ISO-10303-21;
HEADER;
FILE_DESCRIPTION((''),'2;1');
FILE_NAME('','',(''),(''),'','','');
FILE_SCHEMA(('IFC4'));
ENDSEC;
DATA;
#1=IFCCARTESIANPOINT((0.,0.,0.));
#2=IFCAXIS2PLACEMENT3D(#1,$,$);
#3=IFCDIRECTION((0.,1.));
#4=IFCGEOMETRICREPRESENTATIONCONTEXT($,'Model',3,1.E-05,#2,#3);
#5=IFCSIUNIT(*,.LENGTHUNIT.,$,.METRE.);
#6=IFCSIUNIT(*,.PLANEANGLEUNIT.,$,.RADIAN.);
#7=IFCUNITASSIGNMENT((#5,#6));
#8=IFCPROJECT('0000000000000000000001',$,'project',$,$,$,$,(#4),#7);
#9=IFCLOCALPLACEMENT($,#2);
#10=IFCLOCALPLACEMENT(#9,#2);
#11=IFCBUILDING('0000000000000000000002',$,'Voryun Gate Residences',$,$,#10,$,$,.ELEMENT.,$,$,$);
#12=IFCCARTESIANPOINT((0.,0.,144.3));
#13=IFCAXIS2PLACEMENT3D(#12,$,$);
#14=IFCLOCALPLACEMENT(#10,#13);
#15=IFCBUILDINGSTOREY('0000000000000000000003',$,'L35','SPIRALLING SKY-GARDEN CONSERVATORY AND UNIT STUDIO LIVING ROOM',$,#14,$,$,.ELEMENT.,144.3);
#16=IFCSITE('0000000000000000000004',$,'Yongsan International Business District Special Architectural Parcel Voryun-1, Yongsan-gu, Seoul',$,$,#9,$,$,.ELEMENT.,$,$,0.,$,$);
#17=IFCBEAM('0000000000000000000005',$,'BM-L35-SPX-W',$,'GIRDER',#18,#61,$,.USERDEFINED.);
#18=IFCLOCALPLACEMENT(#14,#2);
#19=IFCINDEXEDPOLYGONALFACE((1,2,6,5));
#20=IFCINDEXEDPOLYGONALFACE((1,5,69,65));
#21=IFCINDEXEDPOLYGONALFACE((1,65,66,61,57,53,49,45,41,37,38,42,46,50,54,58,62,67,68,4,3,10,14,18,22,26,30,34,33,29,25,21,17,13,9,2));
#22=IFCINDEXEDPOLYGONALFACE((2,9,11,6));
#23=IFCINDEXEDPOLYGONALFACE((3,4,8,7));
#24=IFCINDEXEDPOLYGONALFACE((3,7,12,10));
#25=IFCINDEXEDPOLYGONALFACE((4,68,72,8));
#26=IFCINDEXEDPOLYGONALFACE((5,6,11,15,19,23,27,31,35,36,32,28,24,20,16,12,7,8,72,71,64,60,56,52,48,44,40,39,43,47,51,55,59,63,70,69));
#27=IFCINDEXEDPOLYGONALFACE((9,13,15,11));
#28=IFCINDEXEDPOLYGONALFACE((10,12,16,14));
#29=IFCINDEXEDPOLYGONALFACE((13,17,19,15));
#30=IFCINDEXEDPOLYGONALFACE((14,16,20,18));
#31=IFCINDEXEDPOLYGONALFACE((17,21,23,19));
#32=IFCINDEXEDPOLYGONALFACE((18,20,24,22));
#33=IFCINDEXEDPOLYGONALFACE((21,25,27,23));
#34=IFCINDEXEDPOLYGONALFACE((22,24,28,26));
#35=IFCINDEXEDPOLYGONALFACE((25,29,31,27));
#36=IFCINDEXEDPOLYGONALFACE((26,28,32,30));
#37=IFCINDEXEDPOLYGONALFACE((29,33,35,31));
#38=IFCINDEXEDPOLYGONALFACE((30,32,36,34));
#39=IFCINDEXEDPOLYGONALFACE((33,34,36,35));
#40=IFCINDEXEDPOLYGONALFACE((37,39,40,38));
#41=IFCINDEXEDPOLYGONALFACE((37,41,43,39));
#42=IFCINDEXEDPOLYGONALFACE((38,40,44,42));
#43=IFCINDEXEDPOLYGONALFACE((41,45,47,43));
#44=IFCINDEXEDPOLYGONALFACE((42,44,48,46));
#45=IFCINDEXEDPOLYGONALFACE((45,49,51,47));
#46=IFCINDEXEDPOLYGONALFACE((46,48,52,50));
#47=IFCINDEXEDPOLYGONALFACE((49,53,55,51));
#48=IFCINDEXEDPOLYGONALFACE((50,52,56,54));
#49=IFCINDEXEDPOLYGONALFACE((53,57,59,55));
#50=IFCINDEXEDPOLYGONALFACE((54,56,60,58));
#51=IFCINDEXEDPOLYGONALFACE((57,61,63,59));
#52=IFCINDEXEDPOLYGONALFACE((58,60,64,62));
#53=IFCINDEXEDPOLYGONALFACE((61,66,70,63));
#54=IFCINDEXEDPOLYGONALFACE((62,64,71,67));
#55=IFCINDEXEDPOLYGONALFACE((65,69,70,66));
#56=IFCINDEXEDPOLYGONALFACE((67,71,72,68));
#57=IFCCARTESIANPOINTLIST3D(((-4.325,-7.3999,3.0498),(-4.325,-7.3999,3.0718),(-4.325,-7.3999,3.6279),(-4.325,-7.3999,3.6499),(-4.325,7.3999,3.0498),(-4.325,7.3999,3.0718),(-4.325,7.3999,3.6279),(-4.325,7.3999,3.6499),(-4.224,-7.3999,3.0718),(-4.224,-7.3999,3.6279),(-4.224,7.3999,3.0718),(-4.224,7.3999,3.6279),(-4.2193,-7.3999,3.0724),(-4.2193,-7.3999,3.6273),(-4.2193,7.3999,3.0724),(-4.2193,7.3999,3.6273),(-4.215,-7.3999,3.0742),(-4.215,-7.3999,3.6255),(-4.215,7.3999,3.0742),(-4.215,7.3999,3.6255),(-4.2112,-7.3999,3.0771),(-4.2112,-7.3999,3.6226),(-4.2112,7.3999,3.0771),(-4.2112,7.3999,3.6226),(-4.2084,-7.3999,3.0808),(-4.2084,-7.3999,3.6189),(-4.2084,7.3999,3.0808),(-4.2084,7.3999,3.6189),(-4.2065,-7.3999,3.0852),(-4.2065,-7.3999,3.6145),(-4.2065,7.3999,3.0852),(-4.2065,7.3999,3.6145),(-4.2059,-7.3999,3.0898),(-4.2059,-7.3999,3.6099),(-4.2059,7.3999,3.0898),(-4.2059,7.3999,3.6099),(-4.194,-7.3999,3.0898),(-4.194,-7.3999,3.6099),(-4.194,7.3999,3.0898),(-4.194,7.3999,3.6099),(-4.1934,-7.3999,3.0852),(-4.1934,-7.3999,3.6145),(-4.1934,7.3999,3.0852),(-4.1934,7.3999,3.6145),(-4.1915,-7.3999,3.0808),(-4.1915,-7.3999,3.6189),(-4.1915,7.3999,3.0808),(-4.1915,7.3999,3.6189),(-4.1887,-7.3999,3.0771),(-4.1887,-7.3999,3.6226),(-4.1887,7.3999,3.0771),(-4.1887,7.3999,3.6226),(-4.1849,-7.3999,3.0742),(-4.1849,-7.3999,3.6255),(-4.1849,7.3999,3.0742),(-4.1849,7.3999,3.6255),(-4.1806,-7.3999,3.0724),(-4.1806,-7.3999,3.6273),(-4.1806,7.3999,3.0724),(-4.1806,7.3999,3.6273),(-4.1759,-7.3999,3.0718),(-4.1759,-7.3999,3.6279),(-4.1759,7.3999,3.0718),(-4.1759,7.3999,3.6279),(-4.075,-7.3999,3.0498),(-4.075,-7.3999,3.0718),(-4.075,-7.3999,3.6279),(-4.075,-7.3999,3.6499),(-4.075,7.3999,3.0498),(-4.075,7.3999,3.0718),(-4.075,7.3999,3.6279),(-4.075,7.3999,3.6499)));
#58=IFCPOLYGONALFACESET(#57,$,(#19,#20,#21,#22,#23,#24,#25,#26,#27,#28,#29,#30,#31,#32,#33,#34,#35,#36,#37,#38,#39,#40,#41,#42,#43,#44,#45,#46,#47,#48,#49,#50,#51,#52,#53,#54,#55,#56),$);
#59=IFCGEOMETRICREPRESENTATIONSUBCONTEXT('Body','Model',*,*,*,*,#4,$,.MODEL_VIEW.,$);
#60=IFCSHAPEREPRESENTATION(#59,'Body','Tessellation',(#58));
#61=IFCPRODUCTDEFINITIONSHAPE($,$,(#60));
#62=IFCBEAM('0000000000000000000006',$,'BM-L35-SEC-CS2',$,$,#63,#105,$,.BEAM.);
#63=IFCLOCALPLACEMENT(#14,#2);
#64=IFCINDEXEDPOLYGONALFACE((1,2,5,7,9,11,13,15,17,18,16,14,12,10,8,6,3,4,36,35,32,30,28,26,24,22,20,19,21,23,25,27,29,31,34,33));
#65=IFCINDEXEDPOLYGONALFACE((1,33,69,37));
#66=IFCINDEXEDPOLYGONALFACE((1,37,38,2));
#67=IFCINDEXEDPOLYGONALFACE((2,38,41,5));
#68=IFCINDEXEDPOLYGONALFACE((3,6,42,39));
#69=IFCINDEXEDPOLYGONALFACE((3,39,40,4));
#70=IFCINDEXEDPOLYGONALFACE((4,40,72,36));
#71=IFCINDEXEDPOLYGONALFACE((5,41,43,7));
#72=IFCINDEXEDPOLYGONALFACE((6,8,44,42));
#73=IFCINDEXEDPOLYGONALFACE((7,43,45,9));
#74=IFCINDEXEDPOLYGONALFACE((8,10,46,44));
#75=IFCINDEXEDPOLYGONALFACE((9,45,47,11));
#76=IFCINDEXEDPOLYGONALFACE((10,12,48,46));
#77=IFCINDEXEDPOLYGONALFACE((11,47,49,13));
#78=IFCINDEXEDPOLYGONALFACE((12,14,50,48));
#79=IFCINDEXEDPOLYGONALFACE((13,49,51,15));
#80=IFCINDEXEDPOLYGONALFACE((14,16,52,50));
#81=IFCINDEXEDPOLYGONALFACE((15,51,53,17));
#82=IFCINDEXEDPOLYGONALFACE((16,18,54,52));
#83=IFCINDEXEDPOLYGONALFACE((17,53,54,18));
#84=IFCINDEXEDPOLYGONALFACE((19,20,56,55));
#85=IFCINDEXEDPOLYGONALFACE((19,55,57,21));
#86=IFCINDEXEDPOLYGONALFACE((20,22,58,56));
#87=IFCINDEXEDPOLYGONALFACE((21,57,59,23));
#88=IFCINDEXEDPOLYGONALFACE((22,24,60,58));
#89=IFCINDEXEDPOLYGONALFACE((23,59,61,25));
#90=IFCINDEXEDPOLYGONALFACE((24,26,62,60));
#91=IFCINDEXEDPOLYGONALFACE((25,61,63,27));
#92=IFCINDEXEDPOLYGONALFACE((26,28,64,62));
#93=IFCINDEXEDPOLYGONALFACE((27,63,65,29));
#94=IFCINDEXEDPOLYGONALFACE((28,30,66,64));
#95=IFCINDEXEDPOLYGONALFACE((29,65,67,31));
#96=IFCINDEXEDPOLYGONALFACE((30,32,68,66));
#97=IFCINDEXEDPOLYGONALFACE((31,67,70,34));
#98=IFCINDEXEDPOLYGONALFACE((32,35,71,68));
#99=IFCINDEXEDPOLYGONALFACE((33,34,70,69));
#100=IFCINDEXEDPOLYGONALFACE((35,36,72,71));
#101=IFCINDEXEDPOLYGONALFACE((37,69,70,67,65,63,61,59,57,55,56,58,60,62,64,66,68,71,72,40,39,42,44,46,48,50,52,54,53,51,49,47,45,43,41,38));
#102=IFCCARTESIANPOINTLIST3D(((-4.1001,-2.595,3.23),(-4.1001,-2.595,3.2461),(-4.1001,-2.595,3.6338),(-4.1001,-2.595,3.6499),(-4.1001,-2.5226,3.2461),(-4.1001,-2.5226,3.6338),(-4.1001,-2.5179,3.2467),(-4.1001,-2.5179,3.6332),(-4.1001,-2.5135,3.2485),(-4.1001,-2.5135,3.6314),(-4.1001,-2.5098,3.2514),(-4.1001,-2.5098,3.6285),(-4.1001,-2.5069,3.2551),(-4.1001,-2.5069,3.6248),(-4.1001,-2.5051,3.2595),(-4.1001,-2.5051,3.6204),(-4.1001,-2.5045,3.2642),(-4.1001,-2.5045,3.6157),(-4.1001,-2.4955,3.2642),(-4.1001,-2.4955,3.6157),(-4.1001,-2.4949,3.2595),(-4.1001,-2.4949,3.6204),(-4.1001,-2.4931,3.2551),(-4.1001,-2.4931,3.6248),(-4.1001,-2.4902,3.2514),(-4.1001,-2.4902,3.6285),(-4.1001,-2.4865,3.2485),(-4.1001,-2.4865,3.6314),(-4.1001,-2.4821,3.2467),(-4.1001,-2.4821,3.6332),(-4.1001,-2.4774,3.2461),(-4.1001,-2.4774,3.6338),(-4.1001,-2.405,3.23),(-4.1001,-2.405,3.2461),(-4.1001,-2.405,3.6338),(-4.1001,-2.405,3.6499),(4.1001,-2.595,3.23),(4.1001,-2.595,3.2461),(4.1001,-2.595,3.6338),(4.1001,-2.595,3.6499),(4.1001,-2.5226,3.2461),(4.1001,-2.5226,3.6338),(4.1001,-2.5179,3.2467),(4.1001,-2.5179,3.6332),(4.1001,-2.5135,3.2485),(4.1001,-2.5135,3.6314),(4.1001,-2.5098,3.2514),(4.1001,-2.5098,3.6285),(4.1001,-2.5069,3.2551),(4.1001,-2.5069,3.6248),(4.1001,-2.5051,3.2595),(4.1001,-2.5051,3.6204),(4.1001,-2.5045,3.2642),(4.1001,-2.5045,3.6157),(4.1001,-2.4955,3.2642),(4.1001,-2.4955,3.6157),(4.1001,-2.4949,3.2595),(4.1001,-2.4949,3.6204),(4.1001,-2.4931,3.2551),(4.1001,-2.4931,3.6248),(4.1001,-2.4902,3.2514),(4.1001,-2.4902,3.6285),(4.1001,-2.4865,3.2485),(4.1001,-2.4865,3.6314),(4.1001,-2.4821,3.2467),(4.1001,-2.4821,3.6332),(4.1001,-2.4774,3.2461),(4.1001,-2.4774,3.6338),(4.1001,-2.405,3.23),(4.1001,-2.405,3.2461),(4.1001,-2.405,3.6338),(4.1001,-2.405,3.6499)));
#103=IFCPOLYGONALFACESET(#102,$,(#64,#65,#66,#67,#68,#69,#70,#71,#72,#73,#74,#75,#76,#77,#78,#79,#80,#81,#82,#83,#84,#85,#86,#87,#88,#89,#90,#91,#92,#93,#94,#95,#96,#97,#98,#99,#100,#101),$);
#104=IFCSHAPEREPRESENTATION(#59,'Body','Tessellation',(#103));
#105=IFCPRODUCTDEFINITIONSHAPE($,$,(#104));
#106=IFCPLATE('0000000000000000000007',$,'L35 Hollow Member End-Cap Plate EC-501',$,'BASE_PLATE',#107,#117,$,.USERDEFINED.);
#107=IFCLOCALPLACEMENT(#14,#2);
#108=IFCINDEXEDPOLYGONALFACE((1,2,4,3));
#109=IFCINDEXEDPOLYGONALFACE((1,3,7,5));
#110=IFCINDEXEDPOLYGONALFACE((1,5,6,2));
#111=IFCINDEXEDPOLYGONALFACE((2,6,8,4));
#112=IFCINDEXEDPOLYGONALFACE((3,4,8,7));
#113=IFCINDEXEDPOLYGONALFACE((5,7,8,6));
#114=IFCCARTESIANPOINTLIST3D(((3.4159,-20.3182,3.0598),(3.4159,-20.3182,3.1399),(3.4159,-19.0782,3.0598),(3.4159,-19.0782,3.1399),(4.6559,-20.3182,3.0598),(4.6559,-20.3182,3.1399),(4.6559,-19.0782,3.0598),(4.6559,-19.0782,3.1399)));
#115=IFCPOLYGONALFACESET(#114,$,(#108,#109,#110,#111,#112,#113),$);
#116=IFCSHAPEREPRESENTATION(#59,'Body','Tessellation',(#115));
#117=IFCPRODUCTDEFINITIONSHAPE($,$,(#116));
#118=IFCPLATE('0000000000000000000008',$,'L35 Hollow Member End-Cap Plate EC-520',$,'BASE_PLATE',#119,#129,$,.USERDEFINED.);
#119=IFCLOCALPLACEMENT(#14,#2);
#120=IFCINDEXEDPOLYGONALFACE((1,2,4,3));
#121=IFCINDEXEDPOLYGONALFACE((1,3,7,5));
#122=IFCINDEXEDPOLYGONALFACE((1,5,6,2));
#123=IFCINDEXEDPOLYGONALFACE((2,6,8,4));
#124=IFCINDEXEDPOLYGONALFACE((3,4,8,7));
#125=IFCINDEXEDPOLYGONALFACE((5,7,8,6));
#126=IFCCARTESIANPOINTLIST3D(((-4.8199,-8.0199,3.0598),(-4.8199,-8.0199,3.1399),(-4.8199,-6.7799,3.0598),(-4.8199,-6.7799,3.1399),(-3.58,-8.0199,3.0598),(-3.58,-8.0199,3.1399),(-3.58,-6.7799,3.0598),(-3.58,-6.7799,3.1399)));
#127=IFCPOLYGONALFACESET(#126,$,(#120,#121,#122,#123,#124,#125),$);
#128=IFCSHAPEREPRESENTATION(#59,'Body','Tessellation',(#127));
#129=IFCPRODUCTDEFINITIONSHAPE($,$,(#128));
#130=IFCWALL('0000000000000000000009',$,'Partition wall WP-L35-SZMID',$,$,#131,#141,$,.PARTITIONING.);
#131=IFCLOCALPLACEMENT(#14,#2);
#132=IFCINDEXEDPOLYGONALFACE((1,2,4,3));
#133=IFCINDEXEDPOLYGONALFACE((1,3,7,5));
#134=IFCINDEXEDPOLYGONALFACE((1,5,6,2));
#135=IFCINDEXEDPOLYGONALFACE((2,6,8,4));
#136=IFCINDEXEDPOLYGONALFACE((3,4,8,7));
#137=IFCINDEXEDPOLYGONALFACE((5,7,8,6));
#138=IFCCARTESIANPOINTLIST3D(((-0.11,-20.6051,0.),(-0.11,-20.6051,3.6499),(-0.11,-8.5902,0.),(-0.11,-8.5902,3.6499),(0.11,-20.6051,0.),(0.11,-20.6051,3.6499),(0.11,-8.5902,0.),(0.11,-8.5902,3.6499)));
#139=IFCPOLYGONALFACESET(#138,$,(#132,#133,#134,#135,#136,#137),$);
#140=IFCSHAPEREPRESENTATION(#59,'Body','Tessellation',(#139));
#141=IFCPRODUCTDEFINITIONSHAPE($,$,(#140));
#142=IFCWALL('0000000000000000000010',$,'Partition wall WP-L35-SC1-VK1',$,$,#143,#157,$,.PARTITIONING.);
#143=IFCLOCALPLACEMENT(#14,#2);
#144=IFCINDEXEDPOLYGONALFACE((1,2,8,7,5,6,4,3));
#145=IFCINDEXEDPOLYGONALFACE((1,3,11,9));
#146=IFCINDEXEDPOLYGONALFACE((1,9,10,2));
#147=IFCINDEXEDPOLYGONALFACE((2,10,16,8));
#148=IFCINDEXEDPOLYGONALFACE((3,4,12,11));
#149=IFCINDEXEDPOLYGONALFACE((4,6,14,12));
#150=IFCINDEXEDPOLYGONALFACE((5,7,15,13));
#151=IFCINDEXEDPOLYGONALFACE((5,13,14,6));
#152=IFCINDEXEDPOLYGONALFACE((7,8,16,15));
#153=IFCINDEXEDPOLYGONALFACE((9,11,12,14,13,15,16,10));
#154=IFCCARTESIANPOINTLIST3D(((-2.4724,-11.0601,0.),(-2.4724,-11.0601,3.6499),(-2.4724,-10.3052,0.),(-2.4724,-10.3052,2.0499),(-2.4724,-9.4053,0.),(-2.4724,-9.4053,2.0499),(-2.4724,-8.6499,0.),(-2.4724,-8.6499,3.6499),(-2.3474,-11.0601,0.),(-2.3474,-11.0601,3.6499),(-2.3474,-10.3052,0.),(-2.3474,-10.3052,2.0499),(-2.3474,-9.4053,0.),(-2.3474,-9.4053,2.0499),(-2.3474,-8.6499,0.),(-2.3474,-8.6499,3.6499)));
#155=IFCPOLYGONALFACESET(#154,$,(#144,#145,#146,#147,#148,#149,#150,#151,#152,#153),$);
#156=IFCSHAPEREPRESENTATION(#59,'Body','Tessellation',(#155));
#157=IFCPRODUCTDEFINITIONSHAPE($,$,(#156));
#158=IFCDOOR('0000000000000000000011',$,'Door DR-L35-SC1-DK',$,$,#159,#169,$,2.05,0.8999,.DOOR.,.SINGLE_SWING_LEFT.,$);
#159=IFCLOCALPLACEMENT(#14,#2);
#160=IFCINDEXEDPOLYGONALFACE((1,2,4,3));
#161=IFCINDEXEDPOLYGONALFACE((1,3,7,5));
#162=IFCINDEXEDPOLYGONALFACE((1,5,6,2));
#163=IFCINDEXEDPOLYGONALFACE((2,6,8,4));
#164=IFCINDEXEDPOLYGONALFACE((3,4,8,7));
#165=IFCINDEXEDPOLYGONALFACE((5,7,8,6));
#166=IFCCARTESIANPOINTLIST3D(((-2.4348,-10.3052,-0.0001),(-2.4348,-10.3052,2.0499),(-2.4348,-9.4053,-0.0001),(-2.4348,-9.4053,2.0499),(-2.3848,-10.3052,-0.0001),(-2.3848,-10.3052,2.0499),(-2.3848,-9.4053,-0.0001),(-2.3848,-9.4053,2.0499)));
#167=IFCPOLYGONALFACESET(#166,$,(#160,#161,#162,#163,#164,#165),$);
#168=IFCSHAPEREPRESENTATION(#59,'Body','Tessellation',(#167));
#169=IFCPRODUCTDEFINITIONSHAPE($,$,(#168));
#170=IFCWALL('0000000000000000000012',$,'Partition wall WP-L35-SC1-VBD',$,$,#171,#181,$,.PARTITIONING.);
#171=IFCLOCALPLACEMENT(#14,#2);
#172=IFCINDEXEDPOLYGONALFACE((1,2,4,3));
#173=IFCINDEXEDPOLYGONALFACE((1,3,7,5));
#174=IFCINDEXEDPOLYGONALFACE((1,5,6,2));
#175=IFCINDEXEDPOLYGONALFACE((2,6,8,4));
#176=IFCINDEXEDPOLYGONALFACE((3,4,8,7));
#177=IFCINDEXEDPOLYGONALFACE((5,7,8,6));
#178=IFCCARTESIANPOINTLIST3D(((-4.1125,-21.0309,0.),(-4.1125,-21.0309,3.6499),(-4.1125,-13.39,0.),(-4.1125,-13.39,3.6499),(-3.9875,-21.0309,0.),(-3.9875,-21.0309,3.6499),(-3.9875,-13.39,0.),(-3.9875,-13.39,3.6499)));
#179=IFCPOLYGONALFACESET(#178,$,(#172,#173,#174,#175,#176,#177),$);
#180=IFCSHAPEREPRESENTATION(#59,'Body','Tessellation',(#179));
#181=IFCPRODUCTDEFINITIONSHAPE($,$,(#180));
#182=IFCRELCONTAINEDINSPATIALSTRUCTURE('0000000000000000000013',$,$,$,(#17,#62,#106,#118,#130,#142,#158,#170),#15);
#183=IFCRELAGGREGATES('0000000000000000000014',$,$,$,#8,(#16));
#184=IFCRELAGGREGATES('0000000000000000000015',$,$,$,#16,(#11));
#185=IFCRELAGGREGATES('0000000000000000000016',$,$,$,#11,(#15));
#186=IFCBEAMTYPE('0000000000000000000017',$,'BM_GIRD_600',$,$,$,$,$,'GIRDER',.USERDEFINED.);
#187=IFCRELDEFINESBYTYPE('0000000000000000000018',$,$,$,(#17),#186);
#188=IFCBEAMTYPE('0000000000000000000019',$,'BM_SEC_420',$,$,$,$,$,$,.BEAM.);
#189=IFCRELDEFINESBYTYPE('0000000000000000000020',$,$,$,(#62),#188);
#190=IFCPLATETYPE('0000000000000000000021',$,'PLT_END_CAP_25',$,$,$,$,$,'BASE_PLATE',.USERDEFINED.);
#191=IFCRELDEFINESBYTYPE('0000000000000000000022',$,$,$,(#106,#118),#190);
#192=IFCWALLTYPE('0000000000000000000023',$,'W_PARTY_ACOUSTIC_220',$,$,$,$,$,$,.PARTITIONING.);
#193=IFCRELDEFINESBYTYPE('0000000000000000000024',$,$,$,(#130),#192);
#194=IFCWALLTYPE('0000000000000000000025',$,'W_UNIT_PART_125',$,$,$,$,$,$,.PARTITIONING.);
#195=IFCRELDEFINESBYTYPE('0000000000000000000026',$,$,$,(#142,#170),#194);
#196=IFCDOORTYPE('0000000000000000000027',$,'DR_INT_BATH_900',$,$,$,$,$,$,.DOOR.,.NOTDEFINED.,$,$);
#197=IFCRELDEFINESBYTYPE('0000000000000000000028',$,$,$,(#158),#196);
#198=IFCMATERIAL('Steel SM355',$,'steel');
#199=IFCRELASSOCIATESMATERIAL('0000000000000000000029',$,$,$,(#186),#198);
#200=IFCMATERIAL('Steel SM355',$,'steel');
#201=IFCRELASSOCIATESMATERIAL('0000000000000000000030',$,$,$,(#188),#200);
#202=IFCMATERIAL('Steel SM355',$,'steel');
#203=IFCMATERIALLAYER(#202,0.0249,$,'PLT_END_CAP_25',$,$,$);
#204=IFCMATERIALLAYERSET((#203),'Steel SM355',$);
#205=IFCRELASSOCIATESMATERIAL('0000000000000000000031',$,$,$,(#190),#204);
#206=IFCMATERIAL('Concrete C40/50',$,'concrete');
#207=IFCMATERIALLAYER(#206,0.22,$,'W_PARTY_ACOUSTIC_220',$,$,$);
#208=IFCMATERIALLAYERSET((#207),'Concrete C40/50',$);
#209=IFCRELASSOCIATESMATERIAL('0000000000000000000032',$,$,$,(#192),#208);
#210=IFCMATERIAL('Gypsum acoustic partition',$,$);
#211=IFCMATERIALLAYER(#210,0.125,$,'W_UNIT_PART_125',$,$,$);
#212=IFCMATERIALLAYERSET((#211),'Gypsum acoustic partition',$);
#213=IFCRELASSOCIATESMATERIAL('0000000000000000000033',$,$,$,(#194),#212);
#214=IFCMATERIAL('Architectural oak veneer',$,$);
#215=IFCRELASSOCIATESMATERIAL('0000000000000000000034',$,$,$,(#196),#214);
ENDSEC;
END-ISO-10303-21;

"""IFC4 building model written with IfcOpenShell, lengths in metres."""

from ifc_helpers import new_model, si_unit, direction, frame, frame_2d, origin, origin_2d, place, context, subcontext, project, spatial, rectangle, i_section, extrude, material, layer, layer_set, material_profile, profile_set, type_object, element, fill, save


model = new_model("IFC4")

# Units and contexts
model_context = context("Model", 3, precision=1e-05, world=origin(), true_north=direction((0.0, 1.0)))
body_context = subcontext(model_context, "Body", "Model", "MODEL_VIEW")
ifc_project = project(units=[si_unit("LENGTHUNIT", "METRE"), si_unit("PLANEANGLEUNIT", "RADIAN")], contexts=[model_context])

# Site, building, storey
site_placement = place(None, origin())
site = spatial("IfcSite", under=ifc_project, at=site_placement, Name="Yongsan International Business District Special Architectural Parcel Voryun-1, Yongsan-gu, Seoul", CompositionType="ELEMENT", RefElevation=0.0)
building_placement = place(site_placement, origin())
building = spatial("IfcBuilding", under=site, at=building_placement, Name="Voryun Gate Residences", CompositionType="ELEMENT")
storey_placement = place(building_placement, frame((0.0, 0.0, 144.3)))
storey = spatial("IfcBuildingStorey", under=building, at=storey_placement, Name="L35", Description="SPIRALLING SKY-GARDEN CONSERVATORY AND UNIT STUDIO LIVING ROOM", CompositionType="ELEMENT", Elevation=144.3)

# Beams
ifc_material_1 = material(Name="Steel SM355", Category="steel")
ifc_material_profile_1 = material_profile(ifc_material_1, i_section(OverallWidth=0.25, OverallDepth=0.6001, WebThickness=0.012, FlangeThickness=0.022, FilletRadius=0.0181, at=origin_2d()), Name="H-600x250x12x22")
ifc_profile_set_1 = profile_set([ifc_material_profile_1], Name="Steel SM355")
beam_type_1 = type_object("IfcBeamType", Name="BM_GIRD_600", ElementType="GIRDER", PredefinedType="USERDEFINED", material=ifc_profile_set_1)
beam_1_placement = place(storey_placement, frame((-4.2, -7.3999, 3.3499), z_axis=(0.0, 1.0, 0.0), x_axis=(-1.0, 0.0, 0.0)))
element("IfcBeam", 1, at=beam_1_placement, inside=storey, type_object=beam_type_1, Name="BM-L35-SPX-W", ObjectType="GIRDER", PredefinedType="USERDEFINED", context=body_context, shape_type="SweptSolid", body=[
    extrude(i_section(OverallWidth=0.25, OverallDepth=0.6001, WebThickness=0.012, FlangeThickness=0.022, FilletRadius=0.0181, at=origin_2d()), origin(), (0.0, 0.0, 1.0), 14.7998),
])
ifc_material_2 = material(Name="Steel SM355", Category="steel")
ifc_material_profile_2 = material_profile(ifc_material_2, i_section(OverallWidth=0.1899, OverallDepth=0.4199, WebThickness=0.009, FlangeThickness=0.0161, FilletRadius=0.0181, at=origin_2d()), Name="H-420x190x9x16")
ifc_profile_set_2 = profile_set([ifc_material_profile_2], Name="Steel SM355")
beam_type_2 = type_object("IfcBeamType", Name="BM_SEC_420", PredefinedType="BEAM", material=ifc_profile_set_2)
beam_2_placement = place(storey_placement, frame((-4.1001, -2.5, 3.4399), z_axis=(1.0, 0.0, 0.0), x_axis=(0.0, 1.0, 0.0)))
element("IfcBeam", 2, at=beam_2_placement, inside=storey, type_object=beam_type_2, Name="BM-L35-SEC-CS2", PredefinedType="BEAM", context=body_context, shape_type="SweptSolid", body=[
    extrude(i_section(OverallWidth=0.1899, OverallDepth=0.4199, WebThickness=0.009, FlangeThickness=0.0161, FilletRadius=0.0181, at=origin_2d()), origin(), (0.0, 0.0, 1.0), 8.2002),
])

# Plates
ifc_material_3 = material(Name="Steel SM355", Category="steel")
ifc_layer_1 = layer(ifc_material_3, 0.0249, Name="PLT_END_CAP_25")
ifc_layer_set_1 = layer_set([ifc_layer_1], Name="Steel SM355")
plate_type = type_object("IfcPlateType", Name="PLT_END_CAP_25", ElementType="BASE_PLATE", PredefinedType="USERDEFINED", material=ifc_layer_set_1)
for number, where, z_axis, x_axis, name in (
    (3, (4.0359, -19.6982, 3.0598), (0.0, 0.0, 1.0), (1.0, 0.0, 0.0), "L35 Hollow Member End-Cap Plate EC-501"),
    (4, (-4.2, -7.3999, 3.0598), (0.0, 0.0, 1.0), (1.0, 0.0, 0.0), "L35 Hollow Member End-Cap Plate EC-520"),
):
    element("IfcPlate", number, at=place(storey_placement, frame(where, z_axis=z_axis, x_axis=x_axis)), inside=storey, type_object=plate_type, Name=name, ObjectType="BASE_PLATE", PredefinedType="USERDEFINED", context=body_context, shape_type="SweptSolid", body=[
        extrude(rectangle(XDim=1.24, YDim=1.24, at=origin_2d()), origin(), (0.0, 0.0, 1.0), 0.0801),
    ])

# Wall
ifc_material_4 = material(Name="Concrete C40/50", Category="concrete")
ifc_layer_2 = layer(ifc_material_4, 0.22, Name="W_PARTY_ACOUSTIC_220")
ifc_layer_set_2 = layer_set([ifc_layer_2], Name="Concrete C40/50")
wall_type_1 = type_object("IfcWallType", Name="W_PARTY_ACOUSTIC_220", PredefinedType="PARTITIONING", material=ifc_layer_set_2)
wall_1_placement = place(storey_placement, frame((0.0, -20.605, 0.0), z_axis=(0.0, 0.0, 1.0), x_axis=(0.0, 1.0, 0.0)))
element("IfcWall", 5, at=wall_1_placement, inside=storey, type_object=wall_type_1, Name="Partition wall WP-L35-SZMID", PredefinedType="PARTITIONING", context=body_context, shape_type="SweptSolid", body=[
    extrude(rectangle(XDim=12.0149, YDim=0.22, at=frame_2d((6.0073, 0.0))), origin(), (0.0, 0.0, 1.0), 3.6499),
])

# Wall, opening, door
ifc_material_5 = material(Name="Gypsum acoustic partition")
ifc_layer_3 = layer(ifc_material_5, 0.125, Name="W_UNIT_PART_125")
ifc_layer_set_3 = layer_set([ifc_layer_3], Name="Gypsum acoustic partition")
wall_type_2 = type_object("IfcWallType", Name="W_UNIT_PART_125", PredefinedType="PARTITIONING", material=ifc_layer_set_3)
wall_2_placement = place(storey_placement, frame((-2.4099, -11.0601, 0.0), z_axis=(0.0, 0.0, 1.0), x_axis=(0.0, 1.0, 0.0)))
wall_2 = element("IfcWall", 6, at=wall_2_placement, inside=storey, type_object=wall_type_2, Name="Partition wall WP-L35-SC1-VK1", PredefinedType="PARTITIONING", context=body_context, shape_type="SweptSolid", body=[
    extrude(rectangle(XDim=2.4102, YDim=0.125, at=frame_2d((1.2051, 0.0))), origin(), (0.0, 0.0, 1.0), 3.6499),
])
opening_1_placement = place(wall_2_placement, frame((0.7549, 0.0, 0.0)))
opening_1 = element("IfcOpeningElement", 7, at=opening_1_placement, cuts=wall_2, PredefinedType="OPENING", context=body_context, shape_type="SweptSolid", body=[
    extrude(rectangle(XDim=0.8999, YDim=2.05, at=frame_2d((0.45, 1.0249))), frame((0.0, 0.0725, 0.0), z_axis=(0.0, -1.0, 0.0), x_axis=(1.0, 0.0, 0.0)), (0.0, 0.0, 1.0), 0.145),
])
ifc_material_6 = material(Name="Architectural oak veneer")
door_type_1 = type_object("IfcDoorType", Name="DR_INT_BATH_900", OperationType="NOTDEFINED", PredefinedType="DOOR", material=ifc_material_6)
door_1_placement = place(opening_1_placement, origin())
door_1 = element("IfcDoor", 8, at=door_1_placement, inside=storey, type_object=door_type_1, Name="Door DR-L35-SC1-DK", OperationType="SINGLE_SWING_LEFT", OverallHeight=2.05, OverallWidth=0.8999, PredefinedType="DOOR", context=body_context, shape_type="SweptSolid", body=[
    extrude(rectangle(XDim=0.8999, YDim=2.05, at=frame_2d((0.45, 1.0249))), frame((0.0, 0.0249, 0.0), z_axis=(0.0, -1.0, 0.0), x_axis=(1.0, 0.0, 0.0)), (0.0, 0.0, 1.0), 0.05),
])
fill(opening_1, door_1)

# Wall
wall_3_placement = place(storey_placement, frame((-4.05, -21.0308, 0.0), z_axis=(0.0, 0.0, 1.0), x_axis=(0.0, 1.0, 0.0)))
element("IfcWall", 9, at=wall_3_placement, inside=storey, type_object=wall_type_2, Name="Partition wall WP-L35-SC1-VBD", PredefinedType="PARTITIONING", context=body_context, shape_type="SweptSolid", body=[
    extrude(rectangle(XDim=7.6409, YDim=0.125, at=frame_2d((3.8203, 0.0))), origin(), (0.0, 0.0, 1.0), 3.6499),
])

save(model, "model.ifc")
